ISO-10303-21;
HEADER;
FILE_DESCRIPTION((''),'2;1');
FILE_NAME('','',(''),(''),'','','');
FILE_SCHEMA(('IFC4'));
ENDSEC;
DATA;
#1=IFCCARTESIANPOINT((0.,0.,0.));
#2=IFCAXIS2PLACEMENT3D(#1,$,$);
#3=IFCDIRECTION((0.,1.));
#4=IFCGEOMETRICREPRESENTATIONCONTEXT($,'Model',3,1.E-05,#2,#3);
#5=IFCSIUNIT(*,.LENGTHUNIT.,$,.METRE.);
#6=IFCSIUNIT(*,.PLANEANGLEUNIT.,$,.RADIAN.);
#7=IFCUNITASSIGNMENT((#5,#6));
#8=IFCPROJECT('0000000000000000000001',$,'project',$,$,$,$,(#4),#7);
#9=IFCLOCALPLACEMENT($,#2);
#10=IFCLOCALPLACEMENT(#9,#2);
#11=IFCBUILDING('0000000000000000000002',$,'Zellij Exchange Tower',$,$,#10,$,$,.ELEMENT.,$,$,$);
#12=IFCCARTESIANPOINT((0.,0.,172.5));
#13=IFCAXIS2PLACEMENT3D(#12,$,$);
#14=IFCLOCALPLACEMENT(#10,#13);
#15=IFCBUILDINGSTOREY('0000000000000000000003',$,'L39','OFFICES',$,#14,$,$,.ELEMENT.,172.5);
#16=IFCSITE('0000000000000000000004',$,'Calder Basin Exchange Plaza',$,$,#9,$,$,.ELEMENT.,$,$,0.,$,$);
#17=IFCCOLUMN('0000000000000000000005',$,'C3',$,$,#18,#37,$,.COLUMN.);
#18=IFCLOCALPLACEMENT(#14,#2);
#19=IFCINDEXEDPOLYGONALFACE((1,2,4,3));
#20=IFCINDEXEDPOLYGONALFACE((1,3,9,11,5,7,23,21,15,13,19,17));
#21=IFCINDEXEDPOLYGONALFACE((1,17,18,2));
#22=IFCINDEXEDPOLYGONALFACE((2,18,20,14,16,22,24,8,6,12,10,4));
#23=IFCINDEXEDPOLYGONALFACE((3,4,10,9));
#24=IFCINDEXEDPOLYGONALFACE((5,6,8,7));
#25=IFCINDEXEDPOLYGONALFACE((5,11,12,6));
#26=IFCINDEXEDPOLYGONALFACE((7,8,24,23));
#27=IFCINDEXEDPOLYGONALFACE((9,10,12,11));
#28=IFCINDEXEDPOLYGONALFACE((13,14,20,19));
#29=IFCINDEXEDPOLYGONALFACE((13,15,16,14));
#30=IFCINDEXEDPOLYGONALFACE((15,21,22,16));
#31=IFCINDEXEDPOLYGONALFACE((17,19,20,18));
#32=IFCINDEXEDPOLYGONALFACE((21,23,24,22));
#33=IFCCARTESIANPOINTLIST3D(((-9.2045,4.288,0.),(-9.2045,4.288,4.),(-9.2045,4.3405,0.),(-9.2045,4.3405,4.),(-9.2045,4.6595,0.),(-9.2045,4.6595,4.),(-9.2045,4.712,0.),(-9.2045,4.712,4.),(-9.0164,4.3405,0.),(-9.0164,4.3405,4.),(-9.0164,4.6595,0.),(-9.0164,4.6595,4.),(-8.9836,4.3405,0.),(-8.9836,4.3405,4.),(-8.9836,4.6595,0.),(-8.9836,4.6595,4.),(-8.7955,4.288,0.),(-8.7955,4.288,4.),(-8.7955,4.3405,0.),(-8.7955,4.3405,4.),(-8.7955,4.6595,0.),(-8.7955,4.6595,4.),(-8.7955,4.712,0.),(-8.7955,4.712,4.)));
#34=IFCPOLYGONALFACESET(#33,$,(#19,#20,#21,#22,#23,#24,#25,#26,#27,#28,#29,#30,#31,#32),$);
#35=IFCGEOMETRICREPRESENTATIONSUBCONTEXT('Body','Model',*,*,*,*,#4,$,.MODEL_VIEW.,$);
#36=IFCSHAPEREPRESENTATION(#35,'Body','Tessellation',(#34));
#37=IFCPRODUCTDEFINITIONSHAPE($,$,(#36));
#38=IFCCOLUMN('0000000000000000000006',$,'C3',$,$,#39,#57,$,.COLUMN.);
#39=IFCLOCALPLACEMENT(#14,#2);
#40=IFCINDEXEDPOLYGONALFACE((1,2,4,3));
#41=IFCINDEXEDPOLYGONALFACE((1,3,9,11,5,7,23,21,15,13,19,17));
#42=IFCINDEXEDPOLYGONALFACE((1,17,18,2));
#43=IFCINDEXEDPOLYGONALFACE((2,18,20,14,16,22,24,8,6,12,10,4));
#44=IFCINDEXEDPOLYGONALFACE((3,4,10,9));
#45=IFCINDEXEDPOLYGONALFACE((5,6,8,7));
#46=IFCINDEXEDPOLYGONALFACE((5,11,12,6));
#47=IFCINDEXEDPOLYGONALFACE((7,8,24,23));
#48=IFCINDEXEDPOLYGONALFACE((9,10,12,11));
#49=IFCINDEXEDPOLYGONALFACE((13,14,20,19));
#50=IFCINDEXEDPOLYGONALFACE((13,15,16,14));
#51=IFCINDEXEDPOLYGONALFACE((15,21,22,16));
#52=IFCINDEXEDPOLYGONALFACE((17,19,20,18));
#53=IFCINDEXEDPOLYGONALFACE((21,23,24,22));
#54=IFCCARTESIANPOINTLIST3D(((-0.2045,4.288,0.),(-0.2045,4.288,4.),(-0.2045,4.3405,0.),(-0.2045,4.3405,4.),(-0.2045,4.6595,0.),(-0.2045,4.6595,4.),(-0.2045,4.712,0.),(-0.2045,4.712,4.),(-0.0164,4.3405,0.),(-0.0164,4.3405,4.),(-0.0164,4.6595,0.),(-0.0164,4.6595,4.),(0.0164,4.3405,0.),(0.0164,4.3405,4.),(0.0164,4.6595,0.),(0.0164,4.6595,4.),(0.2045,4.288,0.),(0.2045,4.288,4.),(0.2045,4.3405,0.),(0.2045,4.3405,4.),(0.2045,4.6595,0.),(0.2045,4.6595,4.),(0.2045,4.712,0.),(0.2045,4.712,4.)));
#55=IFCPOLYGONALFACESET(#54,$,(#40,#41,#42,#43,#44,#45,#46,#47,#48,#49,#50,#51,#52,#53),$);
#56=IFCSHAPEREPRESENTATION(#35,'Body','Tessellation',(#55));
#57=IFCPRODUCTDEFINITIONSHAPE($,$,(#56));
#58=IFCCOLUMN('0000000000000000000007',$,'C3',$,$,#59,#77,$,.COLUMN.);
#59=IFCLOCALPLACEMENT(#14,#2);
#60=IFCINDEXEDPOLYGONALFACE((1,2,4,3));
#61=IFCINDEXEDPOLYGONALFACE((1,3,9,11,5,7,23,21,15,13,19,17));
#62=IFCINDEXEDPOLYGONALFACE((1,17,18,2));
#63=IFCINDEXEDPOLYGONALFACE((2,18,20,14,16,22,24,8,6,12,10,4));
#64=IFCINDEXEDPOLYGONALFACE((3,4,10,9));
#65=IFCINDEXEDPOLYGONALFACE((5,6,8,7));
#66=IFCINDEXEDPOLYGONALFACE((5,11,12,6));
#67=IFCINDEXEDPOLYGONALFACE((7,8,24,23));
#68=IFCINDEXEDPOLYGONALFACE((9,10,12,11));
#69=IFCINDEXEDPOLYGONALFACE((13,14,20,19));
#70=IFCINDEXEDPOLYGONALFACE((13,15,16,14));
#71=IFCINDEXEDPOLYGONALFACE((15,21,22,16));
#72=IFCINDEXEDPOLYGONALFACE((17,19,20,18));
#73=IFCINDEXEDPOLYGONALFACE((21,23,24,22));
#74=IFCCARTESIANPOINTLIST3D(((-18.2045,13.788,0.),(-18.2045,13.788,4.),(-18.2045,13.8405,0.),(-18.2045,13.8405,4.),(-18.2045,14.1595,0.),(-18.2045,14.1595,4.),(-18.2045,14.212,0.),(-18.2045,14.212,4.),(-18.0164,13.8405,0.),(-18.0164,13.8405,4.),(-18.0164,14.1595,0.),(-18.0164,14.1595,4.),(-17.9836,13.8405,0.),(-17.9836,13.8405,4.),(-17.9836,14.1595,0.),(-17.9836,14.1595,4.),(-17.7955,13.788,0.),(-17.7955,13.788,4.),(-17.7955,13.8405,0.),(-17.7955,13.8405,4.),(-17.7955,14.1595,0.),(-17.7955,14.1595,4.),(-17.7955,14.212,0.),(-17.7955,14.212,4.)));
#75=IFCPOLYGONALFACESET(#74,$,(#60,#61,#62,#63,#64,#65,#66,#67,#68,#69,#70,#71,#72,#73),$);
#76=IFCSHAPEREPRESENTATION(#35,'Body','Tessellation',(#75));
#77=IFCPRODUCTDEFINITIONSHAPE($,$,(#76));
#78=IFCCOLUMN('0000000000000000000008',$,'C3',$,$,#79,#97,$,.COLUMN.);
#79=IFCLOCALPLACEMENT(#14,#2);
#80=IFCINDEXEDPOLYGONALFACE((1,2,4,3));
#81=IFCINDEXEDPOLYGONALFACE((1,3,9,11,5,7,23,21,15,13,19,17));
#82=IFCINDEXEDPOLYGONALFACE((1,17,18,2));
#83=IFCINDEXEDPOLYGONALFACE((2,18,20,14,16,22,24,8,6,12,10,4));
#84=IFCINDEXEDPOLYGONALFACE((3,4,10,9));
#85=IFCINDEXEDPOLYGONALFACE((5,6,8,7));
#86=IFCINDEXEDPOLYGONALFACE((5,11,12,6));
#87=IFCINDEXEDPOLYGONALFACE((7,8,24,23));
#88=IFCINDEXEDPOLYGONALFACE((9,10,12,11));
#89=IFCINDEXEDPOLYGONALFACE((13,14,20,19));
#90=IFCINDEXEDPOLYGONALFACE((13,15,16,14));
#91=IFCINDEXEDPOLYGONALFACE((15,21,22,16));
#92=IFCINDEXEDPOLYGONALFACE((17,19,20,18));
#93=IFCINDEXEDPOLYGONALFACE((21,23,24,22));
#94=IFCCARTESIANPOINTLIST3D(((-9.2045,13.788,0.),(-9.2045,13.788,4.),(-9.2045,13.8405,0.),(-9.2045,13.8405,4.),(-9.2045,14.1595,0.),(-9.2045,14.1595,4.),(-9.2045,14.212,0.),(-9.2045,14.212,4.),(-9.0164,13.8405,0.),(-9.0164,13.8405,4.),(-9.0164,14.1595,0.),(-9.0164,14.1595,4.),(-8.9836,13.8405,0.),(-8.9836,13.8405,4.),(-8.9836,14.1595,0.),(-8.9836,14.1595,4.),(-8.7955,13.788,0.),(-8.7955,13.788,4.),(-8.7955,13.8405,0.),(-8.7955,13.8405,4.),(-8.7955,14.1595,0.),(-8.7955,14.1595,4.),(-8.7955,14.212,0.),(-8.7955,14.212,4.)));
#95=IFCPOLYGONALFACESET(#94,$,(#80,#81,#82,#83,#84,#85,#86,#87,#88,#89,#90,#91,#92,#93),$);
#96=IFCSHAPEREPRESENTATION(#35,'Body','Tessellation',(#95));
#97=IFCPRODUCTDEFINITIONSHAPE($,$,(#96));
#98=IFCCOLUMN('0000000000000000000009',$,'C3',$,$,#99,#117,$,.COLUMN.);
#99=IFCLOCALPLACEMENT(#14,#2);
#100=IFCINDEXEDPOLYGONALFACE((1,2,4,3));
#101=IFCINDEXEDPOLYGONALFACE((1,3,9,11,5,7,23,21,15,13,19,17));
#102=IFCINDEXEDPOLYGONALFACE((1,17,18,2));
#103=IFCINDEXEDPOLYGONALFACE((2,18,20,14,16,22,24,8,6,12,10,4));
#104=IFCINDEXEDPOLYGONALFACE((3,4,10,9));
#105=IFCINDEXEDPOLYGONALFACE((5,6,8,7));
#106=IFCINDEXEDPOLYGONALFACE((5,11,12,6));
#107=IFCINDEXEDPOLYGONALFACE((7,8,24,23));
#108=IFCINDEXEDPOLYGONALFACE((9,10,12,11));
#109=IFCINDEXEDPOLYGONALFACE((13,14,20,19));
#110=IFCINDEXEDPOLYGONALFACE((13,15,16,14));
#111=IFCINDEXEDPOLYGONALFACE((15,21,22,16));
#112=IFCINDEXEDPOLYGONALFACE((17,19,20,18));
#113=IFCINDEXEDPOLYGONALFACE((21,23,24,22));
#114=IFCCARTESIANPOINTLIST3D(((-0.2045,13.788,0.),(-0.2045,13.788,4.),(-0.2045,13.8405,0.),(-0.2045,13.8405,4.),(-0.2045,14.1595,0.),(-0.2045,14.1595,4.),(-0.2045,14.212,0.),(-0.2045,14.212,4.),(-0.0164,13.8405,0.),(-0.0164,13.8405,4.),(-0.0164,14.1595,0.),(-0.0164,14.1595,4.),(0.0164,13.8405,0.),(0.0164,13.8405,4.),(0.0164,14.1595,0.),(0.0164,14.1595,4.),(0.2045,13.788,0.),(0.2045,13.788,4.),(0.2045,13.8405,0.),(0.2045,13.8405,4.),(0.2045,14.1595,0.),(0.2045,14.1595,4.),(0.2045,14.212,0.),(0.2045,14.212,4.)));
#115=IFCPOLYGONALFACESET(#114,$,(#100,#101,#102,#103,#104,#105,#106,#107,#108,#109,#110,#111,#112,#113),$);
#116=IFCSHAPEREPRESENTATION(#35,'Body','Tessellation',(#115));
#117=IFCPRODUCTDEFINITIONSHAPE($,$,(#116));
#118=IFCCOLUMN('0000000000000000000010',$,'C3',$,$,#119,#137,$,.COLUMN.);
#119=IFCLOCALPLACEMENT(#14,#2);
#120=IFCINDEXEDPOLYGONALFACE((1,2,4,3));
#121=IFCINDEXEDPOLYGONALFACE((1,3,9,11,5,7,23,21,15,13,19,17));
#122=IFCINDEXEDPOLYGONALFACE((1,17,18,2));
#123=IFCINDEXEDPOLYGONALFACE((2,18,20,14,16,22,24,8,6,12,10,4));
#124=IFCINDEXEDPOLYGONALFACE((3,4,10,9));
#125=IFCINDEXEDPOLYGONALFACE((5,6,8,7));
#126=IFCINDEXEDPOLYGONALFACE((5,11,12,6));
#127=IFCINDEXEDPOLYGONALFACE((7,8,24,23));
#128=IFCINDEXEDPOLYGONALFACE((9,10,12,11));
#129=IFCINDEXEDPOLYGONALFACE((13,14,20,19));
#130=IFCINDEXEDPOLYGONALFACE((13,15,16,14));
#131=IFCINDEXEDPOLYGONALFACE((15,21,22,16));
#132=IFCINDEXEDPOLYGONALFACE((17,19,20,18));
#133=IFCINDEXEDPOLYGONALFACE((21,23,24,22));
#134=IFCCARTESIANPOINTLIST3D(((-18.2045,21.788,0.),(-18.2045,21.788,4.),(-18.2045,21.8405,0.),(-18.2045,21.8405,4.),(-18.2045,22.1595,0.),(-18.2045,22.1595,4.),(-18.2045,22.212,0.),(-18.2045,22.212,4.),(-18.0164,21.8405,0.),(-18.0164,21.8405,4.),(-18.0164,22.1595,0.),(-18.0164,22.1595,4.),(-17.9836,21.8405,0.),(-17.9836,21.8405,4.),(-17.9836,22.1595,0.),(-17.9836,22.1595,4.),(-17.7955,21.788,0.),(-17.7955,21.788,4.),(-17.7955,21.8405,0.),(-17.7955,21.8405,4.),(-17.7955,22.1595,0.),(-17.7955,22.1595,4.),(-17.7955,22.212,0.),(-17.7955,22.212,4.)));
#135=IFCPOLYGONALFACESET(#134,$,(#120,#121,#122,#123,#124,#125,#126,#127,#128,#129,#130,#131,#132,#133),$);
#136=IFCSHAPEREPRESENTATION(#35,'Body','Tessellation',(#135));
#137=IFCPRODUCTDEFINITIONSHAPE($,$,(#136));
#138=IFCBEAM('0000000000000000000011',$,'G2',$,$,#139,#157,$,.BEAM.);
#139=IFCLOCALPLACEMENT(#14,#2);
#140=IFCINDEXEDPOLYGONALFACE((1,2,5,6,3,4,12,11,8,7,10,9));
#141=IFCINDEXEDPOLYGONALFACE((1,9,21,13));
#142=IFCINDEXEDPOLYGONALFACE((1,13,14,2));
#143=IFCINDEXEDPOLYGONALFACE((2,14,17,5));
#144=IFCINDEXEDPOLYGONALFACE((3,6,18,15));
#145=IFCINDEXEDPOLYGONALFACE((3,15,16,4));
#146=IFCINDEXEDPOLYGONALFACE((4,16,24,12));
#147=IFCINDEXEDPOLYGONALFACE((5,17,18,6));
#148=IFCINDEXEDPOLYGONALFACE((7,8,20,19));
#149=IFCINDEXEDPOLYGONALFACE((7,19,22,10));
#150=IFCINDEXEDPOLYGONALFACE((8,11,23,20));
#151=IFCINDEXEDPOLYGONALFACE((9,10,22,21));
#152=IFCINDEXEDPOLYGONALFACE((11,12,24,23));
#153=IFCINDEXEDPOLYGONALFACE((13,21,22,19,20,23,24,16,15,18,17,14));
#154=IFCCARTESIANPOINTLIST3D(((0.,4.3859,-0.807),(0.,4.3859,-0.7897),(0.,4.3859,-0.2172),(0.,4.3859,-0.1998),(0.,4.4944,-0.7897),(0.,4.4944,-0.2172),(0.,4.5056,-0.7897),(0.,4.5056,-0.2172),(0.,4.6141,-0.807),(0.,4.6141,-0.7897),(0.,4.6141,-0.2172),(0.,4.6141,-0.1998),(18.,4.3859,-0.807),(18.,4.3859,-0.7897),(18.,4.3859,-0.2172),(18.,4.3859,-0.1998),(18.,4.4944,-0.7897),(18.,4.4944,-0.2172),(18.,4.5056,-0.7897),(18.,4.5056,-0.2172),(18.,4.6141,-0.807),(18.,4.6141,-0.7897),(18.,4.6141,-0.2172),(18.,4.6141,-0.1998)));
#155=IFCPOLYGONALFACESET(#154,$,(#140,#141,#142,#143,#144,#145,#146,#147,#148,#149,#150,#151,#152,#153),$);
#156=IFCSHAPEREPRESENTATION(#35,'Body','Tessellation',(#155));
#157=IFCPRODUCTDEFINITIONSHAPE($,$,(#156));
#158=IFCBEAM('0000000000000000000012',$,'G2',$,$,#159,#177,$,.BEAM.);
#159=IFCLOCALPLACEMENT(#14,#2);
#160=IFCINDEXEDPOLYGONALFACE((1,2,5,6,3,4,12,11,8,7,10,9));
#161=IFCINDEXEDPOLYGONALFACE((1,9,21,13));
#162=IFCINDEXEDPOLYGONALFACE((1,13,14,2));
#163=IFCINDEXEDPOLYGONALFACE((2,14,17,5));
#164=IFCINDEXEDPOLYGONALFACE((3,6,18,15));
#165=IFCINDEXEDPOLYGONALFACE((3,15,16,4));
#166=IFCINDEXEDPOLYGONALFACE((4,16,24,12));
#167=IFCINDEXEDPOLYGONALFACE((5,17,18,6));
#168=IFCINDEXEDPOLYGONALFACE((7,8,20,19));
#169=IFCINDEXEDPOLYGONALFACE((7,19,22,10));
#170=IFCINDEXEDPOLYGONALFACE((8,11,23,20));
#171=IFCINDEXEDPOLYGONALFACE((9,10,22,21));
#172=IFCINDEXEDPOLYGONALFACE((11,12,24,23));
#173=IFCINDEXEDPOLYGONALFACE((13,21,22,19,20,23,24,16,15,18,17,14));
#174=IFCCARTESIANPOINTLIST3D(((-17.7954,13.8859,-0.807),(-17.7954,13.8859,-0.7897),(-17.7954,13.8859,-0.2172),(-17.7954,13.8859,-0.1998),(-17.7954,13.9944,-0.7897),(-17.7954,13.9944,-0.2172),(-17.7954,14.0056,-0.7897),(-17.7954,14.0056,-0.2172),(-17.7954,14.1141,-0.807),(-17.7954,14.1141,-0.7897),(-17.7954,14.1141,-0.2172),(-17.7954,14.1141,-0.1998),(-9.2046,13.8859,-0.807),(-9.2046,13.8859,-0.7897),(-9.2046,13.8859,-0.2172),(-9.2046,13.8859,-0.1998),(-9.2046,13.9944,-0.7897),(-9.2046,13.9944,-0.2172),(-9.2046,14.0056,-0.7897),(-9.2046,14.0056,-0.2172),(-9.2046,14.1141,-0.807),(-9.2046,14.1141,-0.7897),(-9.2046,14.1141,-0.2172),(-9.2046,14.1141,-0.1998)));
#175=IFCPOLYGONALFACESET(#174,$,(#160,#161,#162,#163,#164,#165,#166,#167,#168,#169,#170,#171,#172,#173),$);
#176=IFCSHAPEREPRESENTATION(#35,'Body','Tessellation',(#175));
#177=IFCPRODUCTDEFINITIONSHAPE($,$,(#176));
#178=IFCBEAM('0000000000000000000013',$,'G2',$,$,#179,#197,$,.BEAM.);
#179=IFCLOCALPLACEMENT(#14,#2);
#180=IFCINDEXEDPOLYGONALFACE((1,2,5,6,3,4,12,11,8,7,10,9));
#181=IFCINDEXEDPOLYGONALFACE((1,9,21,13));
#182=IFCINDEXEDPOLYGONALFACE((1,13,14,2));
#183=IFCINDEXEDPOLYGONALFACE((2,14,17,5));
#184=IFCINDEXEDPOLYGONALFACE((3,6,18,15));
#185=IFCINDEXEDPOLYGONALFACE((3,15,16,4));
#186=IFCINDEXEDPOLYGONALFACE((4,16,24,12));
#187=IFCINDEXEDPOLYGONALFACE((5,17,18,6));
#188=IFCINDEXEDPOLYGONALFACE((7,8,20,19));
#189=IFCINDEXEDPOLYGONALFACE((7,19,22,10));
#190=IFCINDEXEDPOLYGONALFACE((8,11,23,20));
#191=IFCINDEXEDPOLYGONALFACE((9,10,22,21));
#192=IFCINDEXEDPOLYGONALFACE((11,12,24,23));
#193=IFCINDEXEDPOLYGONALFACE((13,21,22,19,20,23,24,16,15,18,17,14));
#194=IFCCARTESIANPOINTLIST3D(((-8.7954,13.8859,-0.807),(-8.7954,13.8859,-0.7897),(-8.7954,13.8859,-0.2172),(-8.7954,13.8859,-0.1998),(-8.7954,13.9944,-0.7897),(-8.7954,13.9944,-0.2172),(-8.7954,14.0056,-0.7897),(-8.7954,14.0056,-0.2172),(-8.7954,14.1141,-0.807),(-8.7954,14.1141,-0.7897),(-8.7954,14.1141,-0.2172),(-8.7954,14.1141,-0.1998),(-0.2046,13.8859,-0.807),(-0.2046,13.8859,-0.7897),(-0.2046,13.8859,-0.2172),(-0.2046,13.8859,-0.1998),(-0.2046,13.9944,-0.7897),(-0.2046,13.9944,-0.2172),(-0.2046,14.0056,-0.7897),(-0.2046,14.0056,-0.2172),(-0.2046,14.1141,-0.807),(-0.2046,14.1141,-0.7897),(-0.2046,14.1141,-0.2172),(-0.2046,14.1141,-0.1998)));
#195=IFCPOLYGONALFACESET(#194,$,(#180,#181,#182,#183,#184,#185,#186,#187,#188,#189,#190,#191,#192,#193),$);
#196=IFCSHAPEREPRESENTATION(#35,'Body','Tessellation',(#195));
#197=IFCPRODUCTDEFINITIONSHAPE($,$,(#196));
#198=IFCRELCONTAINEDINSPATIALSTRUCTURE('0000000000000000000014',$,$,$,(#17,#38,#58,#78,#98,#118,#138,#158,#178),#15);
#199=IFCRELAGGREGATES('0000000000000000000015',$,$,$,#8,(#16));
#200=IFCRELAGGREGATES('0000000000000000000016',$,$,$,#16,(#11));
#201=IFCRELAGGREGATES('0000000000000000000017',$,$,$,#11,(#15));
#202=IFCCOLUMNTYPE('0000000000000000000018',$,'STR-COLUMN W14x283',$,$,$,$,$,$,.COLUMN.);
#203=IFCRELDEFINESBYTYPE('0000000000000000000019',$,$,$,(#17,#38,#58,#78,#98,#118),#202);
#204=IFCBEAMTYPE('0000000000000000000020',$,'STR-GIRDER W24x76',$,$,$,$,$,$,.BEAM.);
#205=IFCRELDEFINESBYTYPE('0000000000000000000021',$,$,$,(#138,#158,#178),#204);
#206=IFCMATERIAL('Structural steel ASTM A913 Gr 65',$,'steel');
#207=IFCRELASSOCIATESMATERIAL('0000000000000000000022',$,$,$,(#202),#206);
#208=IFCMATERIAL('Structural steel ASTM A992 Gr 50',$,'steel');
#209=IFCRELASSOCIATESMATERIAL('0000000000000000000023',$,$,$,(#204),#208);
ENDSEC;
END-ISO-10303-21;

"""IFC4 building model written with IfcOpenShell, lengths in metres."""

from ifc_helpers import new_model, si_unit, direction, frame, origin, origin_2d, place, context, subcontext, project, spatial, i_section, extrude, material, material_profile, profile_set, type_object, element, save


model = new_model("IFC4")

# Units and contexts
model_context = context("Model", 3, precision=1e-05, world=origin(), true_north=direction((0.0, 1.0)))
body_context = subcontext(model_context, "Body", "Model", "MODEL_VIEW")
ifc_project = project(units=[si_unit("LENGTHUNIT", "METRE"), si_unit("PLANEANGLEUNIT", "RADIAN")], contexts=[model_context])

# Site, building, storey
site_placement = place(None, origin())
site = spatial("IfcSite", under=ifc_project, at=site_placement, Name="Calder Basin Exchange Plaza", CompositionType="ELEMENT", RefElevation=0.0)
building_placement = place(site_placement, origin())
building = spatial("IfcBuilding", under=site, at=building_placement, Name="Zellij Exchange Tower", CompositionType="ELEMENT")
storey_placement = place(building_placement, frame((0.0, 0.0, 172.5)))
storey = spatial("IfcBuildingStorey", under=building, at=storey_placement, Name="L39", Description="OFFICES", CompositionType="ELEMENT", Elevation=172.5)

# Columns
ifc_material_1 = material(Name="Structural steel ASTM A913 Gr 65", Category="steel")
ifc_material_profile_1 = material_profile(ifc_material_1, i_section(OverallWidth=0.4089, OverallDepth=0.4241, WebThickness=0.0327, FlangeThickness=0.0525, at=origin_2d()), Name="W14x283")
ifc_profile_set_1 = profile_set([ifc_material_profile_1], Name="Structural steel ASTM A913 Gr 65")
column_type = type_object("IfcColumnType", Name="STR-COLUMN W14x283", PredefinedType="COLUMN", material=ifc_profile_set_1)
for number, where, z_axis, x_axis, name in (
    (1, (-9.0, 4.5, 0.0), (0.0, 0.0, 1.0), (1.0, 0.0, 0.0), "C3"),
    (2, (0.0, 4.5, 0.0), (0.0, 0.0, 1.0), (1.0, 0.0, 0.0), "C3"),
    (3, (-18.0, 14.0, 0.0), (0.0, 0.0, 1.0), (1.0, 0.0, 0.0), "C3"),
    (4, (-9.0, 14.0, 0.0), (0.0, 0.0, 1.0), (1.0, 0.0, 0.0), "C3"),
    (5, (0.0, 14.0, 0.0), (0.0, 0.0, 1.0), (1.0, 0.0, 0.0), "C3"),
    (6, (-18.0, 22.0, 0.0), (0.0, 0.0, 1.0), (1.0, 0.0, 0.0), "C3"),
):
    element("IfcColumn", number, at=place(storey_placement, frame(where, z_axis=z_axis, x_axis=x_axis)), inside=storey, type_object=column_type, Name=name, PredefinedType="COLUMN", context=body_context, shape_type="SweptSolid", body=[
        extrude(i_section(OverallWidth=0.4089, OverallDepth=0.4241, WebThickness=0.0327, FlangeThickness=0.0525, at=origin_2d()), origin(), (0.0, 0.0, 1.0), 4.0),
    ])

# Beams
ifc_material_2 = material(Name="Structural steel ASTM A992 Gr 50", Category="steel")
ifc_material_profile_2 = material_profile(ifc_material_2, i_section(OverallWidth=0.2283, OverallDepth=0.6072, WebThickness=0.0112, FlangeThickness=0.0173, at=origin_2d()), Name="W24x76")
ifc_profile_set_2 = profile_set([ifc_material_profile_2], Name="Structural steel ASTM A992 Gr 50")
beam_type = type_object("IfcBeamType", Name="STR-GIRDER W24x76", PredefinedType="BEAM", material=ifc_profile_set_2)
beam_1_placement = place(storey_placement, frame((0.0, 4.5, -0.5034), z_axis=(1.0, 0.0, 0.0), x_axis=(0.0, 1.0, 0.0)))
element("IfcBeam", 7, at=beam_1_placement, inside=storey, type_object=beam_type, Name="G2", PredefinedType="BEAM", context=body_context, shape_type="SweptSolid", body=[
    extrude(i_section(OverallWidth=0.2283, OverallDepth=0.6072, WebThickness=0.0112, FlangeThickness=0.0173, at=origin_2d()), origin(), (0.0, 0.0, 1.0), 18.0),
])
for number, where, z_axis, x_axis, name in (
    (8, (-17.7954, 14.0, -0.5034), (1.0, 0.0, 0.0), (0.0, 1.0, 0.0), "G2"),
    (9, (-8.7954, 14.0, -0.5034), (1.0, 0.0, 0.0), (0.0, 1.0, 0.0), "G2"),
):
    element("IfcBeam", number, at=place(storey_placement, frame(where, z_axis=z_axis, x_axis=x_axis)), inside=storey, type_object=beam_type, Name=name, PredefinedType="BEAM", context=body_context, shape_type="SweptSolid", body=[
        extrude(i_section(OverallWidth=0.2283, OverallDepth=0.6072, WebThickness=0.0112, FlangeThickness=0.0173, at=origin_2d()), origin(), (0.0, 0.0, 1.0), 8.5908),
    ])

save(model, "model.ifc")
